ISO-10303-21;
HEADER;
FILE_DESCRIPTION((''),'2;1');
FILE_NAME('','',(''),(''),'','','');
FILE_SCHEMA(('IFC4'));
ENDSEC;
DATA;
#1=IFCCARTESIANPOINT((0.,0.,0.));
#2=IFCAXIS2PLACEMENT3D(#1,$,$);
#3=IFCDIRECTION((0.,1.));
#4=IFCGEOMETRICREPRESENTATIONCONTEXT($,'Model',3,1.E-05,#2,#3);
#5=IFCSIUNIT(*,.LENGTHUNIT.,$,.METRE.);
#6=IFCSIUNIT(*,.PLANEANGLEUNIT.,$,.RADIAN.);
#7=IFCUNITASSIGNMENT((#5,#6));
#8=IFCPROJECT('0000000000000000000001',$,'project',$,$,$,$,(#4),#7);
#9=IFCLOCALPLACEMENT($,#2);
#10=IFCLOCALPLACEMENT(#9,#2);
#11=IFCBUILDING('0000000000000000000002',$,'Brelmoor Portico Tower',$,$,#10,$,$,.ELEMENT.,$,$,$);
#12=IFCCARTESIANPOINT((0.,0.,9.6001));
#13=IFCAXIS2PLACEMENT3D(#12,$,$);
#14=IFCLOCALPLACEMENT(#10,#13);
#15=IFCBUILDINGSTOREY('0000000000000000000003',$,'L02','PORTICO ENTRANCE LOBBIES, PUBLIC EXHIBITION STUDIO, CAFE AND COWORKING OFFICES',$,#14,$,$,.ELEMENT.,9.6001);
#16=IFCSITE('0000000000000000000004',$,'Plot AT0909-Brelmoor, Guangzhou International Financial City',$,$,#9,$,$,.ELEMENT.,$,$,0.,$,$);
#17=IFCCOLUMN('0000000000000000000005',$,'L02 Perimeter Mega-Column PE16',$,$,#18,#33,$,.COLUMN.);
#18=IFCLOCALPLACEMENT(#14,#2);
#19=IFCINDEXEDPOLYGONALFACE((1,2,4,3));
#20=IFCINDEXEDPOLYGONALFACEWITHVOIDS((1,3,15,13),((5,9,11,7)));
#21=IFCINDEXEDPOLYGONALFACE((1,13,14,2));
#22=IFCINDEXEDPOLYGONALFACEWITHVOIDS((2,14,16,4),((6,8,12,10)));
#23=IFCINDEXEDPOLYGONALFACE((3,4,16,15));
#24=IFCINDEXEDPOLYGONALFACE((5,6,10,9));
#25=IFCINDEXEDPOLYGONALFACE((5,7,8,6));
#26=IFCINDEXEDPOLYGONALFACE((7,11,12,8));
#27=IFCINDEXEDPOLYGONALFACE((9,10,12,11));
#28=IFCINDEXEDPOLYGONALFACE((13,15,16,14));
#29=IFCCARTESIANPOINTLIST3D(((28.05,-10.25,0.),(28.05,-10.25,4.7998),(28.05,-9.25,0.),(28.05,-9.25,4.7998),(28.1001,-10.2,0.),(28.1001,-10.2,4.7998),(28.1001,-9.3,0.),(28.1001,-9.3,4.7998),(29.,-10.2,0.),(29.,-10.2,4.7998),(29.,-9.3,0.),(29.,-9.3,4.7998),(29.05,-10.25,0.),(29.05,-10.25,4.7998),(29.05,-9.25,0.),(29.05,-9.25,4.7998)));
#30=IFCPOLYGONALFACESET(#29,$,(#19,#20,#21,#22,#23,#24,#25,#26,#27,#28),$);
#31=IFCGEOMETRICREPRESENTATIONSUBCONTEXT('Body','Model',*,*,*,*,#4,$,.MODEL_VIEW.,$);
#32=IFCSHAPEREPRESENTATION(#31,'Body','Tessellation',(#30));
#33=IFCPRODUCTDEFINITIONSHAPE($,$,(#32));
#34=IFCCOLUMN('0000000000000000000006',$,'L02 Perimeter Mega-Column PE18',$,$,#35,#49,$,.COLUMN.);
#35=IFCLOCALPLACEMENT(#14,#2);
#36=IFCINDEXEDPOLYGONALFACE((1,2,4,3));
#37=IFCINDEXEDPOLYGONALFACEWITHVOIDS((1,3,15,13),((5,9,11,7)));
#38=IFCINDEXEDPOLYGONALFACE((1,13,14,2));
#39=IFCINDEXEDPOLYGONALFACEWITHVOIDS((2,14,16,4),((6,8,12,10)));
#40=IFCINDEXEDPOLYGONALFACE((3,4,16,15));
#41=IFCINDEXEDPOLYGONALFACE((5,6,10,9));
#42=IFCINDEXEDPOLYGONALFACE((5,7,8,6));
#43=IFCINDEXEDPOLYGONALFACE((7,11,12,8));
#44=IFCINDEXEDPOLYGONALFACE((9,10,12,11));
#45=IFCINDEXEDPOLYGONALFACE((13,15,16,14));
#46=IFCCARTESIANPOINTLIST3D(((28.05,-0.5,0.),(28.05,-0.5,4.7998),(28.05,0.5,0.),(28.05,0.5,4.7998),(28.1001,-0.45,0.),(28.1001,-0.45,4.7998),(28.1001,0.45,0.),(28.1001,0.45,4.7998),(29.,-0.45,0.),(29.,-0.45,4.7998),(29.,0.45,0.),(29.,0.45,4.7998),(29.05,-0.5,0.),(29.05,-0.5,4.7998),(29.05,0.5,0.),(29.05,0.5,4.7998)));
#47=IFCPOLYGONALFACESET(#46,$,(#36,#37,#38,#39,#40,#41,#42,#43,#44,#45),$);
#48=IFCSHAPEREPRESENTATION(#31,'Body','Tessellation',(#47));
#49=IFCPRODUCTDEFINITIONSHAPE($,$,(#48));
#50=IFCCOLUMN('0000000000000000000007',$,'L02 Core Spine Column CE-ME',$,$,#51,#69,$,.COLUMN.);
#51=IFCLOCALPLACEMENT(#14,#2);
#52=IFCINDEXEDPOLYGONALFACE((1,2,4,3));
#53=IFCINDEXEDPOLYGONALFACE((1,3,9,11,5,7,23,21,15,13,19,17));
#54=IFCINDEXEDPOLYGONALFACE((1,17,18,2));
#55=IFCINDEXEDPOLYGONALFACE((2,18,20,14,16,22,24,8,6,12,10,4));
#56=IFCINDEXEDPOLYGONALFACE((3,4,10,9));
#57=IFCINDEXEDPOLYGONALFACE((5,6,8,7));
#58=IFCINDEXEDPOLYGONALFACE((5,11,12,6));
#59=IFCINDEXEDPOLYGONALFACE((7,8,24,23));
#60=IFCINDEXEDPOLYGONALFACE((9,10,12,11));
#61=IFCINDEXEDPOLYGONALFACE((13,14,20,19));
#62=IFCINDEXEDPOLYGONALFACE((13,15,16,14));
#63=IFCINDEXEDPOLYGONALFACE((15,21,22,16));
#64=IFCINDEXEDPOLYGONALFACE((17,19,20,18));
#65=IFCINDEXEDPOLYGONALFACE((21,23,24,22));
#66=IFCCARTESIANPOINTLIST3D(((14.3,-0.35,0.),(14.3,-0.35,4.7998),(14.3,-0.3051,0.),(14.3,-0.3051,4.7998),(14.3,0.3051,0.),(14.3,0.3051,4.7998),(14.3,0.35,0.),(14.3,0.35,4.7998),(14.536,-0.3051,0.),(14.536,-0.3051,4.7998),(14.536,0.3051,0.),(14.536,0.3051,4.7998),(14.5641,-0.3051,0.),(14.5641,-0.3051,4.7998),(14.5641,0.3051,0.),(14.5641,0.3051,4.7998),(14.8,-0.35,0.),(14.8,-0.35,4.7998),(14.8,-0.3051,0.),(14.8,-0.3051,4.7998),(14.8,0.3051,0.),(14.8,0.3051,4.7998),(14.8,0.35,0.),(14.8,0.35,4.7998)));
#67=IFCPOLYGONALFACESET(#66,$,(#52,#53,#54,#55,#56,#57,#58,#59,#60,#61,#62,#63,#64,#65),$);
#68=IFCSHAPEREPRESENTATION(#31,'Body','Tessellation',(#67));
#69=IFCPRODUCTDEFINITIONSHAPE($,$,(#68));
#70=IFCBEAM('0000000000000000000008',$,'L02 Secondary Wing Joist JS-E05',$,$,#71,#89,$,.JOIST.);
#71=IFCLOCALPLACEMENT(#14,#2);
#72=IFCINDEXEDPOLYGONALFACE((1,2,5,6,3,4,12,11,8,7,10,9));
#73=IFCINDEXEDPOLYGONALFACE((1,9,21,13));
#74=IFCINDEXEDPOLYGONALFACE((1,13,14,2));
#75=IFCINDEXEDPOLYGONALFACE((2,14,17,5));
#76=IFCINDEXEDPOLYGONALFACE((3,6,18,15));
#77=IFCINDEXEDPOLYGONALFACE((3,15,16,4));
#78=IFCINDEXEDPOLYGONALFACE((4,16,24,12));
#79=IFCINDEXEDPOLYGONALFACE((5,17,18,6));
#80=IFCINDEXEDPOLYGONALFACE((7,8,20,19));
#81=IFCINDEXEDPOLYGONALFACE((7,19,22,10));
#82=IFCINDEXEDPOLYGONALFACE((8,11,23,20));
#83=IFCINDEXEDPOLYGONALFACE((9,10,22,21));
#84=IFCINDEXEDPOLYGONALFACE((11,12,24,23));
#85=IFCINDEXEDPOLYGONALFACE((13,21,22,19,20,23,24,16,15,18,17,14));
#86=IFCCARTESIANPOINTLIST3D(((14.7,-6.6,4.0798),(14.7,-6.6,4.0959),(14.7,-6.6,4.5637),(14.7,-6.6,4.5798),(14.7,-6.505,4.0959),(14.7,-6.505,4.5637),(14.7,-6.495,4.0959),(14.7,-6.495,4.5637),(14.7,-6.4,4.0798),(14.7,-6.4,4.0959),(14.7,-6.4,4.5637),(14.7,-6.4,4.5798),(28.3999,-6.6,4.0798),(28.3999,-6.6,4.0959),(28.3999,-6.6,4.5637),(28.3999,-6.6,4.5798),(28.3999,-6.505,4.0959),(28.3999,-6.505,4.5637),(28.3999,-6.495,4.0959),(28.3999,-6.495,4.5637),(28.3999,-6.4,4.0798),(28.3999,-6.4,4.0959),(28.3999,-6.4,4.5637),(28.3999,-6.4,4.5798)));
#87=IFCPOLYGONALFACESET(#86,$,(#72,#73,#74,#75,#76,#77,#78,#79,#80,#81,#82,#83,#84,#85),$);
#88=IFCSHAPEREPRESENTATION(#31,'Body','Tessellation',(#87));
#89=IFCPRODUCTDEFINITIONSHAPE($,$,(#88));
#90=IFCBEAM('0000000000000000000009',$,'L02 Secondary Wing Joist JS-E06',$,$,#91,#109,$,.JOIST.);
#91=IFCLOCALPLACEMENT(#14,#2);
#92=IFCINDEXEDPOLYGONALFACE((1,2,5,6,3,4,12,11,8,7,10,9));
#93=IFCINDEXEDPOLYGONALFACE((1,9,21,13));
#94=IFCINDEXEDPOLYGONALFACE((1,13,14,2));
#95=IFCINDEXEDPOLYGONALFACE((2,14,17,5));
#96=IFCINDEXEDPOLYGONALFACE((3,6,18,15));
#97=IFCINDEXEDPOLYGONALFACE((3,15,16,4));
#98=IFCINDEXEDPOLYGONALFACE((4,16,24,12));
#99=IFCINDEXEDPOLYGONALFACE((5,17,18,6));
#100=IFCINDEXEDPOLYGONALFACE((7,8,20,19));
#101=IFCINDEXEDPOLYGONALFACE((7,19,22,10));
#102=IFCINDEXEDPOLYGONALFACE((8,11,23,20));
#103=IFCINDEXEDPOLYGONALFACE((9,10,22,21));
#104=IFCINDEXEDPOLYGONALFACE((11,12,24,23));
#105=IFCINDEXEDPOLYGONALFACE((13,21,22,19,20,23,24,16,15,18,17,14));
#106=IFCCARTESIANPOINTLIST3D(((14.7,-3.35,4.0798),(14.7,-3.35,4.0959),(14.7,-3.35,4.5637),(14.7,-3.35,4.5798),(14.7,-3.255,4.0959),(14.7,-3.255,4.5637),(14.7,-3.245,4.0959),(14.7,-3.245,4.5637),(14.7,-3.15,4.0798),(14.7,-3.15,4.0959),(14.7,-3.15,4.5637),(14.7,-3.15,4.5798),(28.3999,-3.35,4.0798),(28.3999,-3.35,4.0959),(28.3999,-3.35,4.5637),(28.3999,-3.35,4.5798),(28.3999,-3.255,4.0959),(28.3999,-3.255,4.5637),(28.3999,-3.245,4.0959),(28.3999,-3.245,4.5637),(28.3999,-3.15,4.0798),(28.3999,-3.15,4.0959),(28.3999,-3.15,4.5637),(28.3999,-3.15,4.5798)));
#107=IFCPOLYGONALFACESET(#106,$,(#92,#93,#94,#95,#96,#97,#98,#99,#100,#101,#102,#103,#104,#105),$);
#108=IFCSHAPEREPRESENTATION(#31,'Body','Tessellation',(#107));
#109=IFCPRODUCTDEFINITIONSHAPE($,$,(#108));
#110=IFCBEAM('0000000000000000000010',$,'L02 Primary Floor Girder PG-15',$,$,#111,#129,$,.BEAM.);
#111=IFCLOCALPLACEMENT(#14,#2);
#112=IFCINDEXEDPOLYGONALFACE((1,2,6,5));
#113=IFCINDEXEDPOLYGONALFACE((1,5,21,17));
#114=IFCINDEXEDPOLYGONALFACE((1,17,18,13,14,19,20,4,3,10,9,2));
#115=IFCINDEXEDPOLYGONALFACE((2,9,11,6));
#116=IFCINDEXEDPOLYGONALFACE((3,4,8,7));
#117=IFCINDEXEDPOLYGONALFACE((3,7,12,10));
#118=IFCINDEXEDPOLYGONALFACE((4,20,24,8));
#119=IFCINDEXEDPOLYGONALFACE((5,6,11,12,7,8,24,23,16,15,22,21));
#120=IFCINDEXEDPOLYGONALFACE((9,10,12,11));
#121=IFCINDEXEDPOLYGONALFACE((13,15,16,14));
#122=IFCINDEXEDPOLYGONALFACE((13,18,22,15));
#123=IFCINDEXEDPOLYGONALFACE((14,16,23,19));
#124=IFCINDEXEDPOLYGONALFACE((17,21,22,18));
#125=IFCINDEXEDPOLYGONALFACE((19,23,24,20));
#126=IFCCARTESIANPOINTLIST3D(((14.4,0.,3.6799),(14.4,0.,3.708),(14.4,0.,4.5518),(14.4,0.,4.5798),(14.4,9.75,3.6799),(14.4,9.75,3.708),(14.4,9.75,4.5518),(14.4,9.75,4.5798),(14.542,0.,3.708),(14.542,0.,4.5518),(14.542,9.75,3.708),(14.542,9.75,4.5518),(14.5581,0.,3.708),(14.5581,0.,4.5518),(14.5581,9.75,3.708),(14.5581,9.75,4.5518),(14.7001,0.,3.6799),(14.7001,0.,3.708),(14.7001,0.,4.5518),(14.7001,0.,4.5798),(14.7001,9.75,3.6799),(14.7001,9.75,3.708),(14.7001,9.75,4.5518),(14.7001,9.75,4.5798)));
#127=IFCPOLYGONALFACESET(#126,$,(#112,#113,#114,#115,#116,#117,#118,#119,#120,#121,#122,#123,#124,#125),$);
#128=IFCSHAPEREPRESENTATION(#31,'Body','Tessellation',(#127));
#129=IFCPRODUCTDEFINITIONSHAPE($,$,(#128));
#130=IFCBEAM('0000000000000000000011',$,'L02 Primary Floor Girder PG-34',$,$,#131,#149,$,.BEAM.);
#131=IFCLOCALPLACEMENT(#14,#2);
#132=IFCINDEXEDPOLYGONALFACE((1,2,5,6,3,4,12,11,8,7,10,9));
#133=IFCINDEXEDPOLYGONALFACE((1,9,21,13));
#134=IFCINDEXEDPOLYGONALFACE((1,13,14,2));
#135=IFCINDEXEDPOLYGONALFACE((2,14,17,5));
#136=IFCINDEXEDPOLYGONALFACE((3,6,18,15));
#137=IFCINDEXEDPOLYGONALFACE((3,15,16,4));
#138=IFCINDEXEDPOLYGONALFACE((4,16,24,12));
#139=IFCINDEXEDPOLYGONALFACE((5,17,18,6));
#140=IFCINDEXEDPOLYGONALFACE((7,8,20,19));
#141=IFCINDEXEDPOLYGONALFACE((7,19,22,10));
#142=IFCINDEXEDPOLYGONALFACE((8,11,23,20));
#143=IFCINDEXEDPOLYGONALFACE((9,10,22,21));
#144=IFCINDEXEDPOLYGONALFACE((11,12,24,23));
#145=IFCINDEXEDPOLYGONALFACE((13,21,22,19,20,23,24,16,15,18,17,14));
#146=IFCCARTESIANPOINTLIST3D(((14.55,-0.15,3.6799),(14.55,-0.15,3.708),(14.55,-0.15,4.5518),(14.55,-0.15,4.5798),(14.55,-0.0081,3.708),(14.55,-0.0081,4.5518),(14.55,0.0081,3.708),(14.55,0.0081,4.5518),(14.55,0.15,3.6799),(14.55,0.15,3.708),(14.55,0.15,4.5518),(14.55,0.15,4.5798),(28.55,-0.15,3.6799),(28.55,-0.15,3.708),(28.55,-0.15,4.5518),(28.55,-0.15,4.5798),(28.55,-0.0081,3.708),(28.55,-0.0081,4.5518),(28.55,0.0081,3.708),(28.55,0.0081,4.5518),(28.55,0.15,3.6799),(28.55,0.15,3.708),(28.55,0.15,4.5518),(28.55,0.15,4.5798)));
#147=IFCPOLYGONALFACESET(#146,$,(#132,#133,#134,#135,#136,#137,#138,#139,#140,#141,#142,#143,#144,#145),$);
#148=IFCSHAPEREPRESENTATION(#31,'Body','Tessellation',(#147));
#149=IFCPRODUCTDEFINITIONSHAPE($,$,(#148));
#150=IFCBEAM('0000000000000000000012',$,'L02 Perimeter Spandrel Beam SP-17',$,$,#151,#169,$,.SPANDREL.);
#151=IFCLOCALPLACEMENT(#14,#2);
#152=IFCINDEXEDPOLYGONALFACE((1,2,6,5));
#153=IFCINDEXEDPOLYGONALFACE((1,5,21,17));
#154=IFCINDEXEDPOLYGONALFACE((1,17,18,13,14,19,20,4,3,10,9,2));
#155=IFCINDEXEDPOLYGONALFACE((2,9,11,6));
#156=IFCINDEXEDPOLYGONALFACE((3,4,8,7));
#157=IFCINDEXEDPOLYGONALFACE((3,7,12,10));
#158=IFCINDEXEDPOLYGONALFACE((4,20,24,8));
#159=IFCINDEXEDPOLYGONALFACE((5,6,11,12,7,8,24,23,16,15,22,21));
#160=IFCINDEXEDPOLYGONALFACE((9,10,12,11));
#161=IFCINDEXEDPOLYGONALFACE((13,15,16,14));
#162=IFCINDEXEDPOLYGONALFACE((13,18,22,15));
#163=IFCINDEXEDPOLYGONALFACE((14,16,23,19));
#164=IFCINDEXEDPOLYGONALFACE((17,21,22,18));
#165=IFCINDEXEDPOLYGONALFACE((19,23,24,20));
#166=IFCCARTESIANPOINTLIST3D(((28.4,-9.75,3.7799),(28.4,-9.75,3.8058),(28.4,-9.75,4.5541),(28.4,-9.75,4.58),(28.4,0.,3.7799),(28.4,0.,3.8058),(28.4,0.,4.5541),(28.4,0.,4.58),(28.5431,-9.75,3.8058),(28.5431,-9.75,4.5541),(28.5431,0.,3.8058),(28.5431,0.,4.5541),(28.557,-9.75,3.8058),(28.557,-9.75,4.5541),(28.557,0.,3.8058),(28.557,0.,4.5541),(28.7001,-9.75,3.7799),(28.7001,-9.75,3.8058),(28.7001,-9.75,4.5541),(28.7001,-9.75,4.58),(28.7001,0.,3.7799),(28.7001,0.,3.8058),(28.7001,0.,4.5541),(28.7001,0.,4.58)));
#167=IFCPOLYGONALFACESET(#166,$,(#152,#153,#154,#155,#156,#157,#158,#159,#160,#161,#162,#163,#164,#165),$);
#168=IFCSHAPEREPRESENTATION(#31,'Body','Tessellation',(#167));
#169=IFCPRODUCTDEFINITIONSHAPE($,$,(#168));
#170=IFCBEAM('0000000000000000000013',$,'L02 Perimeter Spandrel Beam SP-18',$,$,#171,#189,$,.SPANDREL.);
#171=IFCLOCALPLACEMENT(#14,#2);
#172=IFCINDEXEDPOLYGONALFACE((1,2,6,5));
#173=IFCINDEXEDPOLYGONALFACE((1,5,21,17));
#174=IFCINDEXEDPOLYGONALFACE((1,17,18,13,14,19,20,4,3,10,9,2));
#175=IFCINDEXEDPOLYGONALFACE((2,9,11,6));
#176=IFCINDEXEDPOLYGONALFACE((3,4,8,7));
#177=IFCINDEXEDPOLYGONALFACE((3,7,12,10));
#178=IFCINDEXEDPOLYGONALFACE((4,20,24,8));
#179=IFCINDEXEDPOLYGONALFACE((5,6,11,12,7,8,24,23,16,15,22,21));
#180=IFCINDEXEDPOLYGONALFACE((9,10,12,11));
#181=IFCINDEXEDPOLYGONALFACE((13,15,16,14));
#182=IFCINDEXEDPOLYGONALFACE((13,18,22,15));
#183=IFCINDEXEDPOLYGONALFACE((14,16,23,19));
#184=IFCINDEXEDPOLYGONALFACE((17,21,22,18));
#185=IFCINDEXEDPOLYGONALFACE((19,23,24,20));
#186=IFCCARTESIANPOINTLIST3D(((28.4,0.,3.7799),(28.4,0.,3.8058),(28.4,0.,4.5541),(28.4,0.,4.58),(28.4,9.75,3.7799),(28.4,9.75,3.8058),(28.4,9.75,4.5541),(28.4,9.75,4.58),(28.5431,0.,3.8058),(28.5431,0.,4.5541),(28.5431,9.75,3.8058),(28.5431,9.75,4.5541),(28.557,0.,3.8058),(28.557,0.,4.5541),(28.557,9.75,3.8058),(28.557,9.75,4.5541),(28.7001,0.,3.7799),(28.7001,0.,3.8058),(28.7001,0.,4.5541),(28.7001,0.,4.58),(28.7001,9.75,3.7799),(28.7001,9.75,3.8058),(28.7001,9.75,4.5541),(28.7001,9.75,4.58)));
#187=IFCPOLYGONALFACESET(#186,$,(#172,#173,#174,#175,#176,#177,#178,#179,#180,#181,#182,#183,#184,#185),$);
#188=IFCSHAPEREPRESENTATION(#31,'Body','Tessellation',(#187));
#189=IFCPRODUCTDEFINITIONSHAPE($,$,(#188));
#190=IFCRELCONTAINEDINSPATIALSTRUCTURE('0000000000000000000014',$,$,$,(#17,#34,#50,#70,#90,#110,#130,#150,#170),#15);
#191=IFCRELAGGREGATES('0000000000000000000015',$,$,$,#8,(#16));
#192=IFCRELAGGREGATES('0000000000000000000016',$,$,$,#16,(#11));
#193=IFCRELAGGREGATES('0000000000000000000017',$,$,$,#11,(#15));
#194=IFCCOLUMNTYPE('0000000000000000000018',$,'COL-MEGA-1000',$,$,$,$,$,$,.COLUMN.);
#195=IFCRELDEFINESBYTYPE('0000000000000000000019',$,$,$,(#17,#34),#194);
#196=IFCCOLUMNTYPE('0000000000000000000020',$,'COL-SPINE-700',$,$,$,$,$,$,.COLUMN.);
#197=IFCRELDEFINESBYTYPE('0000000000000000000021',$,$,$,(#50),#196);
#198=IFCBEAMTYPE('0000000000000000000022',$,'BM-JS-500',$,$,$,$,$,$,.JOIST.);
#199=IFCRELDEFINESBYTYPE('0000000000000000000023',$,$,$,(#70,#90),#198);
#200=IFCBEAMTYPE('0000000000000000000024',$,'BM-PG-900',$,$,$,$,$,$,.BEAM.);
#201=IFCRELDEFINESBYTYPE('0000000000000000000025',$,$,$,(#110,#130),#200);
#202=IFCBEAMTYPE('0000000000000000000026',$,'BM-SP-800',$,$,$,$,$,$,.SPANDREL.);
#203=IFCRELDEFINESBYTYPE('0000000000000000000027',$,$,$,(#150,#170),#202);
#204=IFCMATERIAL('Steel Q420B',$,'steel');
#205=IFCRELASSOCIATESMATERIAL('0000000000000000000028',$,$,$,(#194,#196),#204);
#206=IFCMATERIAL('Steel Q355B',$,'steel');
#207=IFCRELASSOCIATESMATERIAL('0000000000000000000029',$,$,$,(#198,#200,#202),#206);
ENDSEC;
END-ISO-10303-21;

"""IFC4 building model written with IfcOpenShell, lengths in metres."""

from ifc_helpers import new_model, si_unit, direction, frame, origin, origin_2d, place, context, subcontext, project, spatial, hollow_rectangle, i_section, extrude, material, material_profile, profile_set, type_object, element, save


model = new_model("IFC4")

# Units and contexts
model_context = context("Model", 3, precision=1e-05, world=origin(), true_north=direction((0.0, 1.0)))
body_context = subcontext(model_context, "Body", "Model", "MODEL_VIEW")
ifc_project = project(units=[si_unit("LENGTHUNIT", "METRE"), si_unit("PLANEANGLEUNIT", "RADIAN")], contexts=[model_context])

# Site, building, storey
site_placement = place(None, origin())
site = spatial("IfcSite", under=ifc_project, at=site_placement, Name="Plot AT0909-Brelmoor, Guangzhou International Financial City", CompositionType="ELEMENT", RefElevation=0.0)
building_placement = place(site_placement, origin())
building = spatial("IfcBuilding", under=site, at=building_placement, Name="Brelmoor Portico Tower", CompositionType="ELEMENT")
storey_placement = place(building_placement, frame((0.0, 0.0, 9.6001)))
storey = spatial("IfcBuildingStorey", under=building, at=storey_placement, Name="L02", Description="PORTICO ENTRANCE LOBBIES, PUBLIC EXHIBITION STUDIO, CAFE AND COWORKING OFFICES", CompositionType="ELEMENT", Elevation=9.6001)

# Columns
ifc_material_1 = material(Name="Steel Q420B", Category="steel")
ifc_material_profile_1 = material_profile(ifc_material_1, hollow_rectangle(XDim=1.0, YDim=1.0, WallThickness=0.05, at=origin_2d()), Name="BOX 1000x1000x50")
ifc_profile_set_1 = profile_set([ifc_material_profile_1], Name="Steel Q420B")
column_type_1 = type_object("IfcColumnType", Name="COL-MEGA-1000", PredefinedType="COLUMN", material=ifc_profile_set_1)
for number, where, z_axis, x_axis, name in (
    (1, (28.55, -9.75, 0.0), (0.0, 0.0, 1.0), (0.0, 1.0, 0.0), "L02 Perimeter Mega-Column PE16"),
    (2, (28.55, 0.0, 0.0), (0.0, 0.0, 1.0), (0.0, 1.0, 0.0), "L02 Perimeter Mega-Column PE18"),
):
    element("IfcColumn", number, at=place(storey_placement, frame(where, z_axis=z_axis, x_axis=x_axis)), inside=storey, type_object=column_type_1, Name=name, PredefinedType="COLUMN", context=body_context, shape_type="SweptSolid", body=[
        extrude(hollow_rectangle(XDim=1.0, YDim=1.0, WallThickness=0.05, at=origin_2d()), origin(), (0.0, 0.0, 1.0), 4.7998),
    ])
ifc_material_profile_2 = material_profile(ifc_material_1, i_section(OverallWidth=0.5, OverallDepth=0.7, WebThickness=0.0281, FlangeThickness=0.0449, at=origin_2d()), Name="HW 700x500x28x45")
ifc_profile_set_2 = profile_set([ifc_material_profile_2], Name="Steel Q420B")
column_type_2 = type_object("IfcColumnType", Name="COL-SPINE-700", PredefinedType="COLUMN", material=ifc_profile_set_2)
column_placement = place(storey_placement, frame((14.55, 0.0, 0.0), z_axis=(0.0, 0.0, 1.0), x_axis=(1.0, 0.0, 0.0)))
element("IfcColumn", 3, at=column_placement, inside=storey, type_object=column_type_2, Name="L02 Core Spine Column CE-ME", PredefinedType="COLUMN", context=body_context, shape_type="SweptSolid", body=[
    extrude(i_section(OverallWidth=0.5, OverallDepth=0.7, WebThickness=0.0281, FlangeThickness=0.0449, at=origin_2d()), origin(), (0.0, 0.0, 1.0), 4.7998),
])

# Beams
ifc_material_2 = material(Name="Steel Q355B", Category="steel")
ifc_material_profile_3 = material_profile(ifc_material_2, i_section(OverallWidth=0.2, OverallDepth=0.5, WebThickness=0.01, FlangeThickness=0.0161, at=origin_2d()), Name="HN 500x200x10x16")
ifc_profile_set_3 = profile_set([ifc_material_profile_3], Name="Steel Q355B")
beam_type_1 = type_object("IfcBeamType", Name="BM-JS-500", PredefinedType="JOIST", material=ifc_profile_set_3)
for number, where, z_axis, x_axis, name in (
    (4, (14.7, -6.5, 4.3298), (1.0, 0.0, 0.0), (0.0, 1.0, 0.0), "L02 Secondary Wing Joist JS-E05"),
    (5, (14.7, -3.25, 4.3298), (1.0, 0.0, 0.0), (0.0, 1.0, 0.0), "L02 Secondary Wing Joist JS-E06"),
):
    element("IfcBeam", number, at=place(storey_placement, frame(where, z_axis=z_axis, x_axis=x_axis)), inside=storey, type_object=beam_type_1, Name=name, PredefinedType="JOIST", context=body_context, shape_type="SweptSolid", body=[
        extrude(i_section(OverallWidth=0.2, OverallDepth=0.5, WebThickness=0.01, FlangeThickness=0.0161, at=origin_2d()), origin(), (0.0, 0.0, 1.0), 13.7),
    ])
ifc_material_profile_4 = material_profile(ifc_material_2, i_section(OverallWidth=0.3, OverallDepth=0.8999, WebThickness=0.0161, FlangeThickness=0.0281, at=origin_2d()), Name="HN 900x300x16x28")
ifc_profile_set_4 = profile_set([ifc_material_profile_4], Name="Steel Q355B")
beam_type_2 = type_object("IfcBeamType", Name="BM-PG-900", PredefinedType="BEAM", material=ifc_profile_set_4)
beam_1_placement = place(storey_placement, frame((14.55, 0.0, 4.1299), z_axis=(0.0, 1.0, 0.0), x_axis=(-1.0, 0.0, 0.0)))
element("IfcBeam", 6, at=beam_1_placement, inside=storey, type_object=beam_type_2, Name="L02 Primary Floor Girder PG-15", PredefinedType="BEAM", context=body_context, shape_type="SweptSolid", body=[
    extrude(i_section(OverallWidth=0.3, OverallDepth=0.8999, WebThickness=0.0161, FlangeThickness=0.0281, at=origin_2d()), origin(), (0.0, 0.0, 1.0), 9.75),
])
beam_2_placement = place(storey_placement, frame((14.55, 0.0, 4.1299), z_axis=(1.0, 0.0, 0.0), x_axis=(0.0, 1.0, 0.0)))
element("IfcBeam", 7, at=beam_2_placement, inside=storey, type_object=beam_type_2, Name="L02 Primary Floor Girder PG-34", PredefinedType="BEAM", context=body_context, shape_type="SweptSolid", body=[
    extrude(i_section(OverallWidth=0.3, OverallDepth=0.8999, WebThickness=0.0161, FlangeThickness=0.0281, at=origin_2d()), origin(), (0.0, 0.0, 1.0), 14.0),
])
ifc_material_profile_5 = material_profile(ifc_material_2, i_section(OverallWidth=0.3, OverallDepth=0.8, WebThickness=0.0139, FlangeThickness=0.0259, at=origin_2d()), Name="HN 800x300x14x26")
ifc_profile_set_5 = profile_set([ifc_material_profile_5], Name="Steel Q355B")
beam_type_3 = type_object("IfcBeamType", Name="BM-SP-800", PredefinedType="SPANDREL", material=ifc_profile_set_5)
for number, where, z_axis, x_axis, name in (
    (8, (28.55, -9.75, 4.1799), (0.0, 1.0, 0.0), (-1.0, 0.0, 0.0), "L02 Perimeter Spandrel Beam SP-17"),
    (9, (28.55, 0.0, 4.1799), (0.0, 1.0, 0.0), (-1.0, 0.0, 0.0), "L02 Perimeter Spandrel Beam SP-18"),
):
    element("IfcBeam", number, at=place(storey_placement, frame(where, z_axis=z_axis, x_axis=x_axis)), inside=storey, type_object=beam_type_3, Name=name, PredefinedType="SPANDREL", context=body_context, shape_type="SweptSolid", body=[
        extrude(i_section(OverallWidth=0.3, OverallDepth=0.8, WebThickness=0.0139, FlangeThickness=0.0259, at=origin_2d()), origin(), (0.0, 0.0, 1.0), 9.75),
    ])

save(model, "model.ifc")
